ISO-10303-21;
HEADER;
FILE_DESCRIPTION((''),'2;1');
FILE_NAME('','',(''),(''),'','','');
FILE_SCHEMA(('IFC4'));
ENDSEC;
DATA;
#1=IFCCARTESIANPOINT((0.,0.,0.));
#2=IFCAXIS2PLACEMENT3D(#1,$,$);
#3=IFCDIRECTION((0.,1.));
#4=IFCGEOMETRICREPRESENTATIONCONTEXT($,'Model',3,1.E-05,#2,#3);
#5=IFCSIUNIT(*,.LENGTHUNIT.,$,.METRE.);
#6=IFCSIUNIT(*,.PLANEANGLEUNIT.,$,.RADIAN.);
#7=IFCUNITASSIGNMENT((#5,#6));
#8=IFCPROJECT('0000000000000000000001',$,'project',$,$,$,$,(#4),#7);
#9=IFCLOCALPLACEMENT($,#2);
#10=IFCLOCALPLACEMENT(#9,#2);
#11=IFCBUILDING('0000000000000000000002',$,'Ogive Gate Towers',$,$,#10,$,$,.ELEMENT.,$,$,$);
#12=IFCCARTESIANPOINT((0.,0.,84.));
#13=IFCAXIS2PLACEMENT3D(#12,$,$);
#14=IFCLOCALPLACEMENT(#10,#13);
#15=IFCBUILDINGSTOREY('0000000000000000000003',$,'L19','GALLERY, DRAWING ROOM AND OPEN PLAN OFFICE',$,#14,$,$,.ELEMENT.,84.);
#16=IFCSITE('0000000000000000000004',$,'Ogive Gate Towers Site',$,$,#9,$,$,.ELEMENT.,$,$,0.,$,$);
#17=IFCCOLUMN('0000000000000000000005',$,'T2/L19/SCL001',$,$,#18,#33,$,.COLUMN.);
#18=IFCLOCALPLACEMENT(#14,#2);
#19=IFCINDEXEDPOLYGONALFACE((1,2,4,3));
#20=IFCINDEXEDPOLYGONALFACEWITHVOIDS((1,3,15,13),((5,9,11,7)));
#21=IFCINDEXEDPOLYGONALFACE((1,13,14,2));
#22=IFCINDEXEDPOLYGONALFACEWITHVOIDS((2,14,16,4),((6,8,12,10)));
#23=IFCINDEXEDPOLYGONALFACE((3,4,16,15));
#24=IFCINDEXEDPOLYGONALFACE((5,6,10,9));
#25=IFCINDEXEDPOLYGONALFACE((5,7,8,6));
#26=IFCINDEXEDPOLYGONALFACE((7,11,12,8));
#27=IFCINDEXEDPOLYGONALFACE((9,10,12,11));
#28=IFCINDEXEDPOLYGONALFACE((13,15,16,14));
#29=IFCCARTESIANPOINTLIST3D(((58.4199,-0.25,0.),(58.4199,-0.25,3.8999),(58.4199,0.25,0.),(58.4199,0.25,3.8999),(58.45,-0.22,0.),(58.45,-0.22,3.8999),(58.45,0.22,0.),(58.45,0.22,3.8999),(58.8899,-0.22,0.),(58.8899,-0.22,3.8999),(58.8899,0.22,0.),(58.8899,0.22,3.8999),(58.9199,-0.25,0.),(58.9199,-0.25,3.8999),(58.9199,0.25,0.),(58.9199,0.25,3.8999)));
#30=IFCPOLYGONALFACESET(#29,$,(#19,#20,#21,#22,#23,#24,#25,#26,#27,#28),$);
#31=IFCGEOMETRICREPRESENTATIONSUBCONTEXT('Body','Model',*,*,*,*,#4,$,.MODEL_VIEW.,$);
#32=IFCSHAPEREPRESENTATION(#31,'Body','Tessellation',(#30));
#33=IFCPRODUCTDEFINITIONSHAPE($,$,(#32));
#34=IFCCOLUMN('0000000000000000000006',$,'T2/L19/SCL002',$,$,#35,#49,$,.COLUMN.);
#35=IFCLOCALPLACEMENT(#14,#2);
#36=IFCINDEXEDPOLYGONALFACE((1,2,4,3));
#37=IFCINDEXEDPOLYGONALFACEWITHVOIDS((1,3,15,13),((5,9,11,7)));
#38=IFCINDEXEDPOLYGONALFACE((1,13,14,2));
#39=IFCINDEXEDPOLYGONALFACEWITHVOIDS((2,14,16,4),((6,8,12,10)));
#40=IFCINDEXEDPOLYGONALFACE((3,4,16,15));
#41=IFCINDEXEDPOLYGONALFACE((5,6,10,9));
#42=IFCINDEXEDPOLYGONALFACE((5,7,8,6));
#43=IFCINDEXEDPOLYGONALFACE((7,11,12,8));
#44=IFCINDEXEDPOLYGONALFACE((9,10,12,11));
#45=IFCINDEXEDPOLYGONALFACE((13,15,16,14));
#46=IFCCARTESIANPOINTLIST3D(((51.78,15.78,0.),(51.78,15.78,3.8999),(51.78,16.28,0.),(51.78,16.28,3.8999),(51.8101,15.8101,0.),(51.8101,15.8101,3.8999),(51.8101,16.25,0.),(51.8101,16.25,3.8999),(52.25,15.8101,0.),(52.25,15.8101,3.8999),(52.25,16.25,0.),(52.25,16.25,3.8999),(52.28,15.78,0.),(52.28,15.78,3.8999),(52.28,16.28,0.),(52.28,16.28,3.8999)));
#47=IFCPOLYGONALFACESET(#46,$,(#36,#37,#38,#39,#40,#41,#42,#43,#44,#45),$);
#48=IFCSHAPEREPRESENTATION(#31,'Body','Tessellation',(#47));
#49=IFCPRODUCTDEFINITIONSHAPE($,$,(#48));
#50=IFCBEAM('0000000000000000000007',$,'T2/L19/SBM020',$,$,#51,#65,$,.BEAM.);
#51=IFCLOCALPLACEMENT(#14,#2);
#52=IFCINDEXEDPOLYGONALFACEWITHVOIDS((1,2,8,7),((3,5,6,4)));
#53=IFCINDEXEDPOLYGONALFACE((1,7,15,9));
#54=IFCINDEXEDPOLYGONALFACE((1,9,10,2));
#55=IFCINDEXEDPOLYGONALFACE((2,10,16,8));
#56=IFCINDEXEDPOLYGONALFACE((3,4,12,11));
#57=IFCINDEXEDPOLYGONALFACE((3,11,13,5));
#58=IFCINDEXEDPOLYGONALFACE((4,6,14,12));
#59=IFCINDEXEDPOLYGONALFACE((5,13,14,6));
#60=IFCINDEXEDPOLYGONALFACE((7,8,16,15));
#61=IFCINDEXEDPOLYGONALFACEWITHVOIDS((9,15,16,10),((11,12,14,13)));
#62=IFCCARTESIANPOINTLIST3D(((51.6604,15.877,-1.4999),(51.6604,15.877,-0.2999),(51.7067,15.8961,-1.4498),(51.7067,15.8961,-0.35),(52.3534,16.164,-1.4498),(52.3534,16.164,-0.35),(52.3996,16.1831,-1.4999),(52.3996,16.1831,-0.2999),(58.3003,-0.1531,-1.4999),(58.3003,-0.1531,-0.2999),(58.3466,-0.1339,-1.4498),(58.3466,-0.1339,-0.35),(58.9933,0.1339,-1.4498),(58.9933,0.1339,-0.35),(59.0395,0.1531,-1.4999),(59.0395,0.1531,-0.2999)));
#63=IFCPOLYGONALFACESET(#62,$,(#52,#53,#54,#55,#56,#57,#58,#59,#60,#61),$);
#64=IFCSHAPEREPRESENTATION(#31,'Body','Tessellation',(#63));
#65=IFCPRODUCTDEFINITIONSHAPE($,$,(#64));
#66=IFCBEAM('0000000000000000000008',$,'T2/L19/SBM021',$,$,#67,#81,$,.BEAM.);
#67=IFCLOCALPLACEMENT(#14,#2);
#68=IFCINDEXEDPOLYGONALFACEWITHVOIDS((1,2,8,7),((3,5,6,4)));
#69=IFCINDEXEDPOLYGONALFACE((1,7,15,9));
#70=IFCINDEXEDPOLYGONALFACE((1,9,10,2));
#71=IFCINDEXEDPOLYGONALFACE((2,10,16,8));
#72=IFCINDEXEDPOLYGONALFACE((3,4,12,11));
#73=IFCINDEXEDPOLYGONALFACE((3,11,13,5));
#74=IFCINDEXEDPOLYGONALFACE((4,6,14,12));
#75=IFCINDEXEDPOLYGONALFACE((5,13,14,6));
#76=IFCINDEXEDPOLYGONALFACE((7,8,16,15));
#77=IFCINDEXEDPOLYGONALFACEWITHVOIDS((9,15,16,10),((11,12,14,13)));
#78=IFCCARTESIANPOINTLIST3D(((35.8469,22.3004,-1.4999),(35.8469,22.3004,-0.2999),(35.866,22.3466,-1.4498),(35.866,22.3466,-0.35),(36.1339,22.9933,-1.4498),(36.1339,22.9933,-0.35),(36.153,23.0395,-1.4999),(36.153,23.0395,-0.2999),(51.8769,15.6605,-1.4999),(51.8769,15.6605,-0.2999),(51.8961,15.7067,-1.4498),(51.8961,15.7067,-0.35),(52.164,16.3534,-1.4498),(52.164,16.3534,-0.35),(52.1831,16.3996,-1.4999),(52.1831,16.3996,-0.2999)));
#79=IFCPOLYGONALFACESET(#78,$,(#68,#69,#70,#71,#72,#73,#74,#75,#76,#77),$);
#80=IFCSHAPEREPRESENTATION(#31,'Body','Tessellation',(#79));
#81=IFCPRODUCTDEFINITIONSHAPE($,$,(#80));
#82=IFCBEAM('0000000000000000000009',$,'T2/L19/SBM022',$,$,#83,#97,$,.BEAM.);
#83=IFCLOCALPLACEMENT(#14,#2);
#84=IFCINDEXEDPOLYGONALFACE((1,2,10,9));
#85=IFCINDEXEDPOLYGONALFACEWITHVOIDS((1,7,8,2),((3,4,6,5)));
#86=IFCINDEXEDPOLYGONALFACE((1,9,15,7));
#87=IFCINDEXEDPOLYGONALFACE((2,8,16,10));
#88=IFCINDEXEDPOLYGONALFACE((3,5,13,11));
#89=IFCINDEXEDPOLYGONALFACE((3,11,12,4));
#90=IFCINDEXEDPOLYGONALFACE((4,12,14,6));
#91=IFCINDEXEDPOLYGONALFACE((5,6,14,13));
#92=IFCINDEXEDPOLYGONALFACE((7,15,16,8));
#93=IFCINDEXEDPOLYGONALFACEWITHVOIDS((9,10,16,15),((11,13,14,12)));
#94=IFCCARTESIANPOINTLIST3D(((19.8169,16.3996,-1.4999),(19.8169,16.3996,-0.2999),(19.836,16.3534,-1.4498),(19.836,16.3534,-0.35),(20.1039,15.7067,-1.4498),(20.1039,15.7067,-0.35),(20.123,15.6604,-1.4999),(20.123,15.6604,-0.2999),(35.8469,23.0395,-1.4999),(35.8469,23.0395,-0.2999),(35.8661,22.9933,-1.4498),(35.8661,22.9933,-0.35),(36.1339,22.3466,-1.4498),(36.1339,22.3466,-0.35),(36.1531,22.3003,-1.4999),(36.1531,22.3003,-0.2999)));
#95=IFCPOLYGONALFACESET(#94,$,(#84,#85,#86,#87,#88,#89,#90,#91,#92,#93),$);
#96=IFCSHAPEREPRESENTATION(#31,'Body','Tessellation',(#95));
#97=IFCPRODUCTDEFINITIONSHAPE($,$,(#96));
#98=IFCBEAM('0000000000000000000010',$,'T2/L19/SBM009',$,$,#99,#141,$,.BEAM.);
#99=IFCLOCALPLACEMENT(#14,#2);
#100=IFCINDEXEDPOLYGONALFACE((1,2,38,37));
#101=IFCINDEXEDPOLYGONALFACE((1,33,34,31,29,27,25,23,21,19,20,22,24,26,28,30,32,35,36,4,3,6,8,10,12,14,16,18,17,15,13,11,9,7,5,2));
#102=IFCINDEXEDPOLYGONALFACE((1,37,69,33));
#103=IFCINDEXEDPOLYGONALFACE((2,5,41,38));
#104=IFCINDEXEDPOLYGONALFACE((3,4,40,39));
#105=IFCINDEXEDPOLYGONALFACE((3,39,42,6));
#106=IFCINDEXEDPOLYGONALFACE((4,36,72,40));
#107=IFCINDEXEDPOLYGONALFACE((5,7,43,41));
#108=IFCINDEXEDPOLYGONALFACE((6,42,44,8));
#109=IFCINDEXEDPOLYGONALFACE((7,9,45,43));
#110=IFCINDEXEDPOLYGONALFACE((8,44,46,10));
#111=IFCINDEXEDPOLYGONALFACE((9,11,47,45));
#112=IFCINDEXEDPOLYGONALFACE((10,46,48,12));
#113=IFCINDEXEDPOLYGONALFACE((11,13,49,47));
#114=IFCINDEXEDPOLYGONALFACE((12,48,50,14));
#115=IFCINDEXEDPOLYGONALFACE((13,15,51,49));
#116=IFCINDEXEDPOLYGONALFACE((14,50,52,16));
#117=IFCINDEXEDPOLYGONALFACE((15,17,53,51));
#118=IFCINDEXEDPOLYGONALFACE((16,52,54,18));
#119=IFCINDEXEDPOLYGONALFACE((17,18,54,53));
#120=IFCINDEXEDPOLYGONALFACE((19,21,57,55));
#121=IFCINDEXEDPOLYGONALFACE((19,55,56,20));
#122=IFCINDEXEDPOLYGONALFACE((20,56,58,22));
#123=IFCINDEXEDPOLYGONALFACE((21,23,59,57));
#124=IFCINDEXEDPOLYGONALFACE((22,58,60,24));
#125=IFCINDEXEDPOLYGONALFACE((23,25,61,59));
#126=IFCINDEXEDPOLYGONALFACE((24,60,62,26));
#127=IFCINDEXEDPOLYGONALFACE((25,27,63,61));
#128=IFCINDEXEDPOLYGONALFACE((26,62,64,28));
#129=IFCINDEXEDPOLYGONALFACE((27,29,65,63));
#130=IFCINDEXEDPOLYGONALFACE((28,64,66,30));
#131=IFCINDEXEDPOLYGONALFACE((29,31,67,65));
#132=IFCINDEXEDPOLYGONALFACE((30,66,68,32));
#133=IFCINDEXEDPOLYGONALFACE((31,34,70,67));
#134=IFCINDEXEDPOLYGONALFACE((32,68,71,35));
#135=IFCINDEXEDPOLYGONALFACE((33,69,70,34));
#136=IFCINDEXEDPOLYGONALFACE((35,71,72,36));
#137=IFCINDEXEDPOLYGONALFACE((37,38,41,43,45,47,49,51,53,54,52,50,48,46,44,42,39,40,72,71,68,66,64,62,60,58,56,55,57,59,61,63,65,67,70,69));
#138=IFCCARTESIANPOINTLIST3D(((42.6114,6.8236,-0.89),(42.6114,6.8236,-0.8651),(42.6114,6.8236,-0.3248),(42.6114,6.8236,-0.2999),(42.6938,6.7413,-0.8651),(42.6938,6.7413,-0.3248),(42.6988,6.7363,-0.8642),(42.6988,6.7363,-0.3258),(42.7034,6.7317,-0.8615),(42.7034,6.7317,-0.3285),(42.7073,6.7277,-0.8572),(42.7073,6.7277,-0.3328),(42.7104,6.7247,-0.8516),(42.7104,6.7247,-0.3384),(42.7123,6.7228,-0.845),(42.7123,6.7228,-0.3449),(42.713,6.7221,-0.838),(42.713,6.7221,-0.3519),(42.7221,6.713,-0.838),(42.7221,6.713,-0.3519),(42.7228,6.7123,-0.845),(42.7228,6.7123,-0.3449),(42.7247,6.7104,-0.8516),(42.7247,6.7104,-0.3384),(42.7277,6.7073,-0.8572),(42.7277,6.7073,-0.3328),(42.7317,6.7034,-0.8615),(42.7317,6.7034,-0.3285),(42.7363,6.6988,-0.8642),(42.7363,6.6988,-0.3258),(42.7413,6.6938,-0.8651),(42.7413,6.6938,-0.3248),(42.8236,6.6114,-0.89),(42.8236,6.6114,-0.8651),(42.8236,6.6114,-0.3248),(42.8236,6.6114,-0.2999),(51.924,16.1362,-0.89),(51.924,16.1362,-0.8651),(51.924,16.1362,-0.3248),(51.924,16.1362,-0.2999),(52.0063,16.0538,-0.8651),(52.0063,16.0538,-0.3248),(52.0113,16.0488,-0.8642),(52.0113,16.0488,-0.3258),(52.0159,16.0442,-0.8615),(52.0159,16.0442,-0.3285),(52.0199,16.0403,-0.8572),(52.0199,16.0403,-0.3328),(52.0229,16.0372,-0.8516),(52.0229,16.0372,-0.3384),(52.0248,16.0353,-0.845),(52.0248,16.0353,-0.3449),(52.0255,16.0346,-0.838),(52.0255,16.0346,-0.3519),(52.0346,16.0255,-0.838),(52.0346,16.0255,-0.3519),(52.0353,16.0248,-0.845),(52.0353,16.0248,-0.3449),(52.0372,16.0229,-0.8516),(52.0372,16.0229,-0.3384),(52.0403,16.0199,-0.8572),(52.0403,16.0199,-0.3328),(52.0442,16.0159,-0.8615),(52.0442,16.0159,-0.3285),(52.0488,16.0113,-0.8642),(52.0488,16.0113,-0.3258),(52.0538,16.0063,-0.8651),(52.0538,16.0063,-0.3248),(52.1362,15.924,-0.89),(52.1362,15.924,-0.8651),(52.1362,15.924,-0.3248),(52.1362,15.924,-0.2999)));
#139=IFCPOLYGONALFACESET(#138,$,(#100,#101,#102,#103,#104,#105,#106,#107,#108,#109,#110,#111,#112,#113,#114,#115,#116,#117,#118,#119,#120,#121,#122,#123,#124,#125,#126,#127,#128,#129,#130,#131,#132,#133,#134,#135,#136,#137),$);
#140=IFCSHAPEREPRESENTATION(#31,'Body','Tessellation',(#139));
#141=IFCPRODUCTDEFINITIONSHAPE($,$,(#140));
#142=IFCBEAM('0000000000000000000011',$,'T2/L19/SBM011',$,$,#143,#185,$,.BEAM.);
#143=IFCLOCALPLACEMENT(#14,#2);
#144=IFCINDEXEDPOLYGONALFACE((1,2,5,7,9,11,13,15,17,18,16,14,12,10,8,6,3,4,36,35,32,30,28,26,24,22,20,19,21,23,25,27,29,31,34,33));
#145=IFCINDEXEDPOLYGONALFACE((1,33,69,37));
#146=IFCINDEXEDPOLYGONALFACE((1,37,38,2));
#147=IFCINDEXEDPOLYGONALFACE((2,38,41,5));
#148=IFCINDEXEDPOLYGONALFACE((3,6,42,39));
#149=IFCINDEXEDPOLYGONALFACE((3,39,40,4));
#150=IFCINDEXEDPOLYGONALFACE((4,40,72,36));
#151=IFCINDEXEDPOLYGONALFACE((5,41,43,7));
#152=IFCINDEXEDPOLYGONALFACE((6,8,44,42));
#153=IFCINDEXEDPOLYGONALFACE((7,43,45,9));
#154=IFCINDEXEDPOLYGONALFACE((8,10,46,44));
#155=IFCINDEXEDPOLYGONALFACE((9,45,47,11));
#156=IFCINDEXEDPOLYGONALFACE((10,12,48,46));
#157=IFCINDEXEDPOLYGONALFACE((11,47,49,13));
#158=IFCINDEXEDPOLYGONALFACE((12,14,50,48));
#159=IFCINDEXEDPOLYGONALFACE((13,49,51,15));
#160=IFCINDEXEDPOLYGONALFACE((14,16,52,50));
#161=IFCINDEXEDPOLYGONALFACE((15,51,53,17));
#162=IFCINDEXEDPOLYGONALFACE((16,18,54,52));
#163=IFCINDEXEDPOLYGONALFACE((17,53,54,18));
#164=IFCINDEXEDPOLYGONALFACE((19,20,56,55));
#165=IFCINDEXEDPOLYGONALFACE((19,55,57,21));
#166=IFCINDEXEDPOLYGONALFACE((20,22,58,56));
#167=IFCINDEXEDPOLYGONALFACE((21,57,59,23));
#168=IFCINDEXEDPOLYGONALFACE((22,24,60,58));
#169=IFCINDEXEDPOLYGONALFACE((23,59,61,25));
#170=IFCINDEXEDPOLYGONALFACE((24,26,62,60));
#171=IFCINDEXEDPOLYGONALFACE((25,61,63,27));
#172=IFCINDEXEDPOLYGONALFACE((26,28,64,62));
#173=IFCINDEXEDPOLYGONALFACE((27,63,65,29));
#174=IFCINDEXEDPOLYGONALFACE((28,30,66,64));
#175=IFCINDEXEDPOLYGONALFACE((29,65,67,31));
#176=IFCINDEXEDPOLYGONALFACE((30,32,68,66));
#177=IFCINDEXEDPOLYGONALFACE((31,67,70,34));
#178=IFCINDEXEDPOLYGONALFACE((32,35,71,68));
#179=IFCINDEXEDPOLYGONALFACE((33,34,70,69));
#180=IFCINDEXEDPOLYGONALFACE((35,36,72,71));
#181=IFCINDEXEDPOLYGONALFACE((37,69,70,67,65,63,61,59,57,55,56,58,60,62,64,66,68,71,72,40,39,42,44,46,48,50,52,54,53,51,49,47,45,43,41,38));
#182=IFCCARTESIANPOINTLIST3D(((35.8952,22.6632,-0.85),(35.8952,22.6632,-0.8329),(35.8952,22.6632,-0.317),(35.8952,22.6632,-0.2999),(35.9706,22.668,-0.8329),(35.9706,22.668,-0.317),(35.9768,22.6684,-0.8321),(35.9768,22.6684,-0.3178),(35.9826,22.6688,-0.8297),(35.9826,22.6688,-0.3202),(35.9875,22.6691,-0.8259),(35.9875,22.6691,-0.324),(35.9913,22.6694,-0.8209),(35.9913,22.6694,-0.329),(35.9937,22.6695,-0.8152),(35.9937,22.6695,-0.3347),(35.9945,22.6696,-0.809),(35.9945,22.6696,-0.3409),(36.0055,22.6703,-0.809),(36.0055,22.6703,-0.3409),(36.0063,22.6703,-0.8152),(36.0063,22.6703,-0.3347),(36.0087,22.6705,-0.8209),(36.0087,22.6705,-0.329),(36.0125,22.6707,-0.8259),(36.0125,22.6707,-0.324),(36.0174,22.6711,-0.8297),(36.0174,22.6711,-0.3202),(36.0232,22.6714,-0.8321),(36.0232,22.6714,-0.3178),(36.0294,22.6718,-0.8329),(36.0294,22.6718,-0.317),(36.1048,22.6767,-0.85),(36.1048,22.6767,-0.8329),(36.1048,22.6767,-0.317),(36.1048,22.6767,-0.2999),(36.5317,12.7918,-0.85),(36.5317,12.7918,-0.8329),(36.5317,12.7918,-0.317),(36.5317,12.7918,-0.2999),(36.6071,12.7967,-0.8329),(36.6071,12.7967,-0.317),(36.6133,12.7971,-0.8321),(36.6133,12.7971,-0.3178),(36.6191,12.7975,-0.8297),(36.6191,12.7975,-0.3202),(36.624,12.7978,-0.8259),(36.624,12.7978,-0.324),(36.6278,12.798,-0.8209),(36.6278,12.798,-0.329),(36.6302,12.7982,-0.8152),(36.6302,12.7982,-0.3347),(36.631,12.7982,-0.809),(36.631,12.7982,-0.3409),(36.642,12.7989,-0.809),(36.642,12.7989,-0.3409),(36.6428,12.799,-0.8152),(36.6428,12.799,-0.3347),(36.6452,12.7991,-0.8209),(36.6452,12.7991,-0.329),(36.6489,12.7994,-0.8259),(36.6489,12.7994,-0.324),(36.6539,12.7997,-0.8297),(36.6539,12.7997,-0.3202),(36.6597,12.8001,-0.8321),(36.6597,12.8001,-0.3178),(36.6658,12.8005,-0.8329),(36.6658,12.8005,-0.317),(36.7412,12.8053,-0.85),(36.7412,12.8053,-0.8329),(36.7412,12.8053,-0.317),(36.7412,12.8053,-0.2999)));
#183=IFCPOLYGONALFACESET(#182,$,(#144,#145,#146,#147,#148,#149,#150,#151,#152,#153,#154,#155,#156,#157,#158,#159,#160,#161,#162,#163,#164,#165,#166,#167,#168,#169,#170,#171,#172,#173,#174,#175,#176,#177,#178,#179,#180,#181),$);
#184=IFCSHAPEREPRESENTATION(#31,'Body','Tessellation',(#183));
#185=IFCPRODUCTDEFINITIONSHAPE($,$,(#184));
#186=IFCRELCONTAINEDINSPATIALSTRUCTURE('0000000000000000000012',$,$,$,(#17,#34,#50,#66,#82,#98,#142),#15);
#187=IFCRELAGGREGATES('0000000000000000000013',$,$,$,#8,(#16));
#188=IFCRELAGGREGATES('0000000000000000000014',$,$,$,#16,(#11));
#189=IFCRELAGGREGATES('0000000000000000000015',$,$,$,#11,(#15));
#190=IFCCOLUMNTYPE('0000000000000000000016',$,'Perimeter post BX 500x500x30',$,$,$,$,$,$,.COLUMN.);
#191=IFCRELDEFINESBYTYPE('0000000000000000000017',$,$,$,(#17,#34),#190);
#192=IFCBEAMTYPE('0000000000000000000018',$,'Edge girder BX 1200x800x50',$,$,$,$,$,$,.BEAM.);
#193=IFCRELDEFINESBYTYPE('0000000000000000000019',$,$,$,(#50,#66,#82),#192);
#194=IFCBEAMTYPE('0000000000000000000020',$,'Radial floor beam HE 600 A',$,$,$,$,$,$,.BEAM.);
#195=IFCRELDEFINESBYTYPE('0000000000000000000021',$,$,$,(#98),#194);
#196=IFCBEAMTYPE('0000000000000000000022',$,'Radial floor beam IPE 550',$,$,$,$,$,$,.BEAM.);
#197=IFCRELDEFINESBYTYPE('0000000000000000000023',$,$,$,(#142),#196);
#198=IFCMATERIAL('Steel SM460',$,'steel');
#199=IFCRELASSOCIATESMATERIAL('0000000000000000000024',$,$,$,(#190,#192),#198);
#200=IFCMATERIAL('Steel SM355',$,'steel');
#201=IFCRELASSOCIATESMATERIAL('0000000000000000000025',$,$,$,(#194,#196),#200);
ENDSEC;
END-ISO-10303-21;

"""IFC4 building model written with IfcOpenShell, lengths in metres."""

from ifc_helpers import new_model, si_unit, direction, frame, origin, origin_2d, place, context, subcontext, project, spatial, hollow_rectangle, i_section, extrude, material, material_profile, profile_set, type_object, element, save


model = new_model("IFC4")

# Units and contexts
model_context = context("Model", 3, precision=1e-05, world=origin(), true_north=direction((0.0, 1.0)))
body_context = subcontext(model_context, "Body", "Model", "MODEL_VIEW")
ifc_project = project(units=[si_unit("LENGTHUNIT", "METRE"), si_unit("PLANEANGLEUNIT", "RADIAN")], contexts=[model_context])

# Site, building, storey
site_placement = place(None, origin())
site = spatial("IfcSite", under=ifc_project, at=site_placement, Name="Ogive Gate Towers Site", CompositionType="ELEMENT", RefElevation=0.0)
building_placement = place(site_placement, origin())
building = spatial("IfcBuilding", under=site, at=building_placement, Name="Ogive Gate Towers", CompositionType="ELEMENT")
storey_placement = place(building_placement, frame((0.0, 0.0, 84.0)))
storey = spatial("IfcBuildingStorey", under=building, at=storey_placement, Name="L19", Description="GALLERY, DRAWING ROOM AND OPEN PLAN OFFICE", CompositionType="ELEMENT", Elevation=84.0)

# Columns
ifc_material_1 = material(Name="Steel SM460", Category="steel")
ifc_material_profile_1 = material_profile(ifc_material_1, hollow_rectangle(XDim=0.5, YDim=0.5, WallThickness=0.03, at=origin_2d()), Name="BX 500x500x30")
ifc_profile_set_1 = profile_set([ifc_material_profile_1], Name="Steel SM460")
column_type = type_object("IfcColumnType", Name="Perimeter post BX 500x500x30", PredefinedType="COLUMN", material=ifc_profile_set_1)
for number, where, z_axis, x_axis, name in (
    (1, (58.6699, 0.0, 0.0), (0.0, 0.0, 1.0), (1.0, 0.0, 0.0), "T2/L19/SCL001"),
    (2, (52.03, 16.03, 0.0), (0.0, 0.0, 1.0), (1.0, 0.0, 0.0), "T2/L19/SCL002"),
):
    element("IfcColumn", number, at=place(storey_placement, frame(where, z_axis=z_axis, x_axis=x_axis)), inside=storey, type_object=column_type, Name=name, PredefinedType="COLUMN", context=body_context, shape_type="SweptSolid", body=[
        extrude(hollow_rectangle(XDim=0.5, YDim=0.5, WallThickness=0.03, at=origin_2d()), origin(), (0.0, 0.0, 1.0), 3.8999),
    ])

# Beams
ifc_material_profile_2 = material_profile(ifc_material_1, hollow_rectangle(XDim=0.8, YDim=1.2, WallThickness=0.05, at=origin_2d()), Name="BX 1200x800x50")
ifc_profile_set_2 = profile_set([ifc_material_profile_2], Name="Steel SM460")
beam_type_1 = type_object("IfcBeamType", Name="Edge girder BX 1200x800x50", PredefinedType="BEAM", material=ifc_profile_set_2)
for number, where, z_axis, x_axis, name in (
    (3, (58.6699, 0.0, -0.8999), (-0.382685, 0.923879, 0.0), (-0.923879, -0.382685, 0.0), "T2/L19/SBM020"),
    (4, (52.03, 16.03, -0.8999), (-0.923879, 0.382685, 0.0), (-0.382685, -0.923879, 0.0), "T2/L19/SBM021"),
    (5, (36.0, 22.6699, -0.8999), (-0.923879, -0.382685, 0.0), (0.382685, -0.923879, 0.0), "T2/L19/SBM022"),
):
    element("IfcBeam", number, at=place(storey_placement, frame(where, z_axis=z_axis, x_axis=x_axis)), inside=storey, type_object=beam_type_1, Name=name, PredefinedType="BEAM", context=body_context, shape_type="SweptSolid", body=[
        extrude(hollow_rectangle(XDim=0.8, YDim=1.2, WallThickness=0.05, at=origin_2d()), origin(), (0.0, 0.0, 1.0), 17.3508),
    ])
ifc_material_2 = material(Name="Steel SM355", Category="steel")
ifc_material_profile_3 = material_profile(ifc_material_2, i_section(OverallWidth=0.3, OverallDepth=0.5901, WebThickness=0.0129, FlangeThickness=0.0249, FilletRadius=0.0271, at=origin_2d()), Name="HE 600 A")
ifc_profile_set_3 = profile_set([ifc_material_profile_3], Name="Steel SM355")
beam_type_2 = type_object("IfcBeamType", Name="Radial floor beam HE 600 A", PredefinedType="BEAM", material=ifc_profile_set_3)
beam_1_placement = place(storey_placement, frame((42.7175, 6.7175, -0.595), z_axis=(0.707107, 0.707107, 0.0), x_axis=(-0.707107, 0.707107, 0.0)))
element("IfcBeam", 6, at=beam_1_placement, inside=storey, type_object=beam_type_2, Name="T2/L19/SBM009", PredefinedType="BEAM", context=body_context, shape_type="SweptSolid", body=[
    extrude(i_section(OverallWidth=0.3, OverallDepth=0.5901, WebThickness=0.0129, FlangeThickness=0.0249, FilletRadius=0.0271, at=origin_2d()), origin(), (0.0, 0.0, 1.0), 13.1699),
])
ifc_material_profile_4 = material_profile(ifc_material_2, i_section(OverallWidth=0.21, OverallDepth=0.55, WebThickness=0.011, FlangeThickness=0.0171, FilletRadius=0.0239, at=origin_2d()), Name="IPE 550")
ifc_profile_set_4 = profile_set([ifc_material_profile_4], Name="Steel SM355")
beam_type_3 = type_object("IfcBeamType", Name="Radial floor beam IPE 550", PredefinedType="BEAM", material=ifc_profile_set_4)
beam_2_placement = place(storey_placement, frame((36.6365, 12.7986, -0.575), z_axis=(-0.064343, 0.997928, 0.0), x_axis=(-0.997928, -0.064343, 0.0)))
element("IfcBeam", 7, at=beam_2_placement, inside=storey, type_object=beam_type_3, Name="T2/L19/SBM011", PredefinedType="BEAM", context=body_context, shape_type="SweptSolid", body=[
    extrude(i_section(OverallWidth=0.21, OverallDepth=0.55, WebThickness=0.011, FlangeThickness=0.0171, FilletRadius=0.0239, at=origin_2d()), origin(), (0.0, 0.0, 1.0), 9.8918),
])

save(model, "model.ifc")
